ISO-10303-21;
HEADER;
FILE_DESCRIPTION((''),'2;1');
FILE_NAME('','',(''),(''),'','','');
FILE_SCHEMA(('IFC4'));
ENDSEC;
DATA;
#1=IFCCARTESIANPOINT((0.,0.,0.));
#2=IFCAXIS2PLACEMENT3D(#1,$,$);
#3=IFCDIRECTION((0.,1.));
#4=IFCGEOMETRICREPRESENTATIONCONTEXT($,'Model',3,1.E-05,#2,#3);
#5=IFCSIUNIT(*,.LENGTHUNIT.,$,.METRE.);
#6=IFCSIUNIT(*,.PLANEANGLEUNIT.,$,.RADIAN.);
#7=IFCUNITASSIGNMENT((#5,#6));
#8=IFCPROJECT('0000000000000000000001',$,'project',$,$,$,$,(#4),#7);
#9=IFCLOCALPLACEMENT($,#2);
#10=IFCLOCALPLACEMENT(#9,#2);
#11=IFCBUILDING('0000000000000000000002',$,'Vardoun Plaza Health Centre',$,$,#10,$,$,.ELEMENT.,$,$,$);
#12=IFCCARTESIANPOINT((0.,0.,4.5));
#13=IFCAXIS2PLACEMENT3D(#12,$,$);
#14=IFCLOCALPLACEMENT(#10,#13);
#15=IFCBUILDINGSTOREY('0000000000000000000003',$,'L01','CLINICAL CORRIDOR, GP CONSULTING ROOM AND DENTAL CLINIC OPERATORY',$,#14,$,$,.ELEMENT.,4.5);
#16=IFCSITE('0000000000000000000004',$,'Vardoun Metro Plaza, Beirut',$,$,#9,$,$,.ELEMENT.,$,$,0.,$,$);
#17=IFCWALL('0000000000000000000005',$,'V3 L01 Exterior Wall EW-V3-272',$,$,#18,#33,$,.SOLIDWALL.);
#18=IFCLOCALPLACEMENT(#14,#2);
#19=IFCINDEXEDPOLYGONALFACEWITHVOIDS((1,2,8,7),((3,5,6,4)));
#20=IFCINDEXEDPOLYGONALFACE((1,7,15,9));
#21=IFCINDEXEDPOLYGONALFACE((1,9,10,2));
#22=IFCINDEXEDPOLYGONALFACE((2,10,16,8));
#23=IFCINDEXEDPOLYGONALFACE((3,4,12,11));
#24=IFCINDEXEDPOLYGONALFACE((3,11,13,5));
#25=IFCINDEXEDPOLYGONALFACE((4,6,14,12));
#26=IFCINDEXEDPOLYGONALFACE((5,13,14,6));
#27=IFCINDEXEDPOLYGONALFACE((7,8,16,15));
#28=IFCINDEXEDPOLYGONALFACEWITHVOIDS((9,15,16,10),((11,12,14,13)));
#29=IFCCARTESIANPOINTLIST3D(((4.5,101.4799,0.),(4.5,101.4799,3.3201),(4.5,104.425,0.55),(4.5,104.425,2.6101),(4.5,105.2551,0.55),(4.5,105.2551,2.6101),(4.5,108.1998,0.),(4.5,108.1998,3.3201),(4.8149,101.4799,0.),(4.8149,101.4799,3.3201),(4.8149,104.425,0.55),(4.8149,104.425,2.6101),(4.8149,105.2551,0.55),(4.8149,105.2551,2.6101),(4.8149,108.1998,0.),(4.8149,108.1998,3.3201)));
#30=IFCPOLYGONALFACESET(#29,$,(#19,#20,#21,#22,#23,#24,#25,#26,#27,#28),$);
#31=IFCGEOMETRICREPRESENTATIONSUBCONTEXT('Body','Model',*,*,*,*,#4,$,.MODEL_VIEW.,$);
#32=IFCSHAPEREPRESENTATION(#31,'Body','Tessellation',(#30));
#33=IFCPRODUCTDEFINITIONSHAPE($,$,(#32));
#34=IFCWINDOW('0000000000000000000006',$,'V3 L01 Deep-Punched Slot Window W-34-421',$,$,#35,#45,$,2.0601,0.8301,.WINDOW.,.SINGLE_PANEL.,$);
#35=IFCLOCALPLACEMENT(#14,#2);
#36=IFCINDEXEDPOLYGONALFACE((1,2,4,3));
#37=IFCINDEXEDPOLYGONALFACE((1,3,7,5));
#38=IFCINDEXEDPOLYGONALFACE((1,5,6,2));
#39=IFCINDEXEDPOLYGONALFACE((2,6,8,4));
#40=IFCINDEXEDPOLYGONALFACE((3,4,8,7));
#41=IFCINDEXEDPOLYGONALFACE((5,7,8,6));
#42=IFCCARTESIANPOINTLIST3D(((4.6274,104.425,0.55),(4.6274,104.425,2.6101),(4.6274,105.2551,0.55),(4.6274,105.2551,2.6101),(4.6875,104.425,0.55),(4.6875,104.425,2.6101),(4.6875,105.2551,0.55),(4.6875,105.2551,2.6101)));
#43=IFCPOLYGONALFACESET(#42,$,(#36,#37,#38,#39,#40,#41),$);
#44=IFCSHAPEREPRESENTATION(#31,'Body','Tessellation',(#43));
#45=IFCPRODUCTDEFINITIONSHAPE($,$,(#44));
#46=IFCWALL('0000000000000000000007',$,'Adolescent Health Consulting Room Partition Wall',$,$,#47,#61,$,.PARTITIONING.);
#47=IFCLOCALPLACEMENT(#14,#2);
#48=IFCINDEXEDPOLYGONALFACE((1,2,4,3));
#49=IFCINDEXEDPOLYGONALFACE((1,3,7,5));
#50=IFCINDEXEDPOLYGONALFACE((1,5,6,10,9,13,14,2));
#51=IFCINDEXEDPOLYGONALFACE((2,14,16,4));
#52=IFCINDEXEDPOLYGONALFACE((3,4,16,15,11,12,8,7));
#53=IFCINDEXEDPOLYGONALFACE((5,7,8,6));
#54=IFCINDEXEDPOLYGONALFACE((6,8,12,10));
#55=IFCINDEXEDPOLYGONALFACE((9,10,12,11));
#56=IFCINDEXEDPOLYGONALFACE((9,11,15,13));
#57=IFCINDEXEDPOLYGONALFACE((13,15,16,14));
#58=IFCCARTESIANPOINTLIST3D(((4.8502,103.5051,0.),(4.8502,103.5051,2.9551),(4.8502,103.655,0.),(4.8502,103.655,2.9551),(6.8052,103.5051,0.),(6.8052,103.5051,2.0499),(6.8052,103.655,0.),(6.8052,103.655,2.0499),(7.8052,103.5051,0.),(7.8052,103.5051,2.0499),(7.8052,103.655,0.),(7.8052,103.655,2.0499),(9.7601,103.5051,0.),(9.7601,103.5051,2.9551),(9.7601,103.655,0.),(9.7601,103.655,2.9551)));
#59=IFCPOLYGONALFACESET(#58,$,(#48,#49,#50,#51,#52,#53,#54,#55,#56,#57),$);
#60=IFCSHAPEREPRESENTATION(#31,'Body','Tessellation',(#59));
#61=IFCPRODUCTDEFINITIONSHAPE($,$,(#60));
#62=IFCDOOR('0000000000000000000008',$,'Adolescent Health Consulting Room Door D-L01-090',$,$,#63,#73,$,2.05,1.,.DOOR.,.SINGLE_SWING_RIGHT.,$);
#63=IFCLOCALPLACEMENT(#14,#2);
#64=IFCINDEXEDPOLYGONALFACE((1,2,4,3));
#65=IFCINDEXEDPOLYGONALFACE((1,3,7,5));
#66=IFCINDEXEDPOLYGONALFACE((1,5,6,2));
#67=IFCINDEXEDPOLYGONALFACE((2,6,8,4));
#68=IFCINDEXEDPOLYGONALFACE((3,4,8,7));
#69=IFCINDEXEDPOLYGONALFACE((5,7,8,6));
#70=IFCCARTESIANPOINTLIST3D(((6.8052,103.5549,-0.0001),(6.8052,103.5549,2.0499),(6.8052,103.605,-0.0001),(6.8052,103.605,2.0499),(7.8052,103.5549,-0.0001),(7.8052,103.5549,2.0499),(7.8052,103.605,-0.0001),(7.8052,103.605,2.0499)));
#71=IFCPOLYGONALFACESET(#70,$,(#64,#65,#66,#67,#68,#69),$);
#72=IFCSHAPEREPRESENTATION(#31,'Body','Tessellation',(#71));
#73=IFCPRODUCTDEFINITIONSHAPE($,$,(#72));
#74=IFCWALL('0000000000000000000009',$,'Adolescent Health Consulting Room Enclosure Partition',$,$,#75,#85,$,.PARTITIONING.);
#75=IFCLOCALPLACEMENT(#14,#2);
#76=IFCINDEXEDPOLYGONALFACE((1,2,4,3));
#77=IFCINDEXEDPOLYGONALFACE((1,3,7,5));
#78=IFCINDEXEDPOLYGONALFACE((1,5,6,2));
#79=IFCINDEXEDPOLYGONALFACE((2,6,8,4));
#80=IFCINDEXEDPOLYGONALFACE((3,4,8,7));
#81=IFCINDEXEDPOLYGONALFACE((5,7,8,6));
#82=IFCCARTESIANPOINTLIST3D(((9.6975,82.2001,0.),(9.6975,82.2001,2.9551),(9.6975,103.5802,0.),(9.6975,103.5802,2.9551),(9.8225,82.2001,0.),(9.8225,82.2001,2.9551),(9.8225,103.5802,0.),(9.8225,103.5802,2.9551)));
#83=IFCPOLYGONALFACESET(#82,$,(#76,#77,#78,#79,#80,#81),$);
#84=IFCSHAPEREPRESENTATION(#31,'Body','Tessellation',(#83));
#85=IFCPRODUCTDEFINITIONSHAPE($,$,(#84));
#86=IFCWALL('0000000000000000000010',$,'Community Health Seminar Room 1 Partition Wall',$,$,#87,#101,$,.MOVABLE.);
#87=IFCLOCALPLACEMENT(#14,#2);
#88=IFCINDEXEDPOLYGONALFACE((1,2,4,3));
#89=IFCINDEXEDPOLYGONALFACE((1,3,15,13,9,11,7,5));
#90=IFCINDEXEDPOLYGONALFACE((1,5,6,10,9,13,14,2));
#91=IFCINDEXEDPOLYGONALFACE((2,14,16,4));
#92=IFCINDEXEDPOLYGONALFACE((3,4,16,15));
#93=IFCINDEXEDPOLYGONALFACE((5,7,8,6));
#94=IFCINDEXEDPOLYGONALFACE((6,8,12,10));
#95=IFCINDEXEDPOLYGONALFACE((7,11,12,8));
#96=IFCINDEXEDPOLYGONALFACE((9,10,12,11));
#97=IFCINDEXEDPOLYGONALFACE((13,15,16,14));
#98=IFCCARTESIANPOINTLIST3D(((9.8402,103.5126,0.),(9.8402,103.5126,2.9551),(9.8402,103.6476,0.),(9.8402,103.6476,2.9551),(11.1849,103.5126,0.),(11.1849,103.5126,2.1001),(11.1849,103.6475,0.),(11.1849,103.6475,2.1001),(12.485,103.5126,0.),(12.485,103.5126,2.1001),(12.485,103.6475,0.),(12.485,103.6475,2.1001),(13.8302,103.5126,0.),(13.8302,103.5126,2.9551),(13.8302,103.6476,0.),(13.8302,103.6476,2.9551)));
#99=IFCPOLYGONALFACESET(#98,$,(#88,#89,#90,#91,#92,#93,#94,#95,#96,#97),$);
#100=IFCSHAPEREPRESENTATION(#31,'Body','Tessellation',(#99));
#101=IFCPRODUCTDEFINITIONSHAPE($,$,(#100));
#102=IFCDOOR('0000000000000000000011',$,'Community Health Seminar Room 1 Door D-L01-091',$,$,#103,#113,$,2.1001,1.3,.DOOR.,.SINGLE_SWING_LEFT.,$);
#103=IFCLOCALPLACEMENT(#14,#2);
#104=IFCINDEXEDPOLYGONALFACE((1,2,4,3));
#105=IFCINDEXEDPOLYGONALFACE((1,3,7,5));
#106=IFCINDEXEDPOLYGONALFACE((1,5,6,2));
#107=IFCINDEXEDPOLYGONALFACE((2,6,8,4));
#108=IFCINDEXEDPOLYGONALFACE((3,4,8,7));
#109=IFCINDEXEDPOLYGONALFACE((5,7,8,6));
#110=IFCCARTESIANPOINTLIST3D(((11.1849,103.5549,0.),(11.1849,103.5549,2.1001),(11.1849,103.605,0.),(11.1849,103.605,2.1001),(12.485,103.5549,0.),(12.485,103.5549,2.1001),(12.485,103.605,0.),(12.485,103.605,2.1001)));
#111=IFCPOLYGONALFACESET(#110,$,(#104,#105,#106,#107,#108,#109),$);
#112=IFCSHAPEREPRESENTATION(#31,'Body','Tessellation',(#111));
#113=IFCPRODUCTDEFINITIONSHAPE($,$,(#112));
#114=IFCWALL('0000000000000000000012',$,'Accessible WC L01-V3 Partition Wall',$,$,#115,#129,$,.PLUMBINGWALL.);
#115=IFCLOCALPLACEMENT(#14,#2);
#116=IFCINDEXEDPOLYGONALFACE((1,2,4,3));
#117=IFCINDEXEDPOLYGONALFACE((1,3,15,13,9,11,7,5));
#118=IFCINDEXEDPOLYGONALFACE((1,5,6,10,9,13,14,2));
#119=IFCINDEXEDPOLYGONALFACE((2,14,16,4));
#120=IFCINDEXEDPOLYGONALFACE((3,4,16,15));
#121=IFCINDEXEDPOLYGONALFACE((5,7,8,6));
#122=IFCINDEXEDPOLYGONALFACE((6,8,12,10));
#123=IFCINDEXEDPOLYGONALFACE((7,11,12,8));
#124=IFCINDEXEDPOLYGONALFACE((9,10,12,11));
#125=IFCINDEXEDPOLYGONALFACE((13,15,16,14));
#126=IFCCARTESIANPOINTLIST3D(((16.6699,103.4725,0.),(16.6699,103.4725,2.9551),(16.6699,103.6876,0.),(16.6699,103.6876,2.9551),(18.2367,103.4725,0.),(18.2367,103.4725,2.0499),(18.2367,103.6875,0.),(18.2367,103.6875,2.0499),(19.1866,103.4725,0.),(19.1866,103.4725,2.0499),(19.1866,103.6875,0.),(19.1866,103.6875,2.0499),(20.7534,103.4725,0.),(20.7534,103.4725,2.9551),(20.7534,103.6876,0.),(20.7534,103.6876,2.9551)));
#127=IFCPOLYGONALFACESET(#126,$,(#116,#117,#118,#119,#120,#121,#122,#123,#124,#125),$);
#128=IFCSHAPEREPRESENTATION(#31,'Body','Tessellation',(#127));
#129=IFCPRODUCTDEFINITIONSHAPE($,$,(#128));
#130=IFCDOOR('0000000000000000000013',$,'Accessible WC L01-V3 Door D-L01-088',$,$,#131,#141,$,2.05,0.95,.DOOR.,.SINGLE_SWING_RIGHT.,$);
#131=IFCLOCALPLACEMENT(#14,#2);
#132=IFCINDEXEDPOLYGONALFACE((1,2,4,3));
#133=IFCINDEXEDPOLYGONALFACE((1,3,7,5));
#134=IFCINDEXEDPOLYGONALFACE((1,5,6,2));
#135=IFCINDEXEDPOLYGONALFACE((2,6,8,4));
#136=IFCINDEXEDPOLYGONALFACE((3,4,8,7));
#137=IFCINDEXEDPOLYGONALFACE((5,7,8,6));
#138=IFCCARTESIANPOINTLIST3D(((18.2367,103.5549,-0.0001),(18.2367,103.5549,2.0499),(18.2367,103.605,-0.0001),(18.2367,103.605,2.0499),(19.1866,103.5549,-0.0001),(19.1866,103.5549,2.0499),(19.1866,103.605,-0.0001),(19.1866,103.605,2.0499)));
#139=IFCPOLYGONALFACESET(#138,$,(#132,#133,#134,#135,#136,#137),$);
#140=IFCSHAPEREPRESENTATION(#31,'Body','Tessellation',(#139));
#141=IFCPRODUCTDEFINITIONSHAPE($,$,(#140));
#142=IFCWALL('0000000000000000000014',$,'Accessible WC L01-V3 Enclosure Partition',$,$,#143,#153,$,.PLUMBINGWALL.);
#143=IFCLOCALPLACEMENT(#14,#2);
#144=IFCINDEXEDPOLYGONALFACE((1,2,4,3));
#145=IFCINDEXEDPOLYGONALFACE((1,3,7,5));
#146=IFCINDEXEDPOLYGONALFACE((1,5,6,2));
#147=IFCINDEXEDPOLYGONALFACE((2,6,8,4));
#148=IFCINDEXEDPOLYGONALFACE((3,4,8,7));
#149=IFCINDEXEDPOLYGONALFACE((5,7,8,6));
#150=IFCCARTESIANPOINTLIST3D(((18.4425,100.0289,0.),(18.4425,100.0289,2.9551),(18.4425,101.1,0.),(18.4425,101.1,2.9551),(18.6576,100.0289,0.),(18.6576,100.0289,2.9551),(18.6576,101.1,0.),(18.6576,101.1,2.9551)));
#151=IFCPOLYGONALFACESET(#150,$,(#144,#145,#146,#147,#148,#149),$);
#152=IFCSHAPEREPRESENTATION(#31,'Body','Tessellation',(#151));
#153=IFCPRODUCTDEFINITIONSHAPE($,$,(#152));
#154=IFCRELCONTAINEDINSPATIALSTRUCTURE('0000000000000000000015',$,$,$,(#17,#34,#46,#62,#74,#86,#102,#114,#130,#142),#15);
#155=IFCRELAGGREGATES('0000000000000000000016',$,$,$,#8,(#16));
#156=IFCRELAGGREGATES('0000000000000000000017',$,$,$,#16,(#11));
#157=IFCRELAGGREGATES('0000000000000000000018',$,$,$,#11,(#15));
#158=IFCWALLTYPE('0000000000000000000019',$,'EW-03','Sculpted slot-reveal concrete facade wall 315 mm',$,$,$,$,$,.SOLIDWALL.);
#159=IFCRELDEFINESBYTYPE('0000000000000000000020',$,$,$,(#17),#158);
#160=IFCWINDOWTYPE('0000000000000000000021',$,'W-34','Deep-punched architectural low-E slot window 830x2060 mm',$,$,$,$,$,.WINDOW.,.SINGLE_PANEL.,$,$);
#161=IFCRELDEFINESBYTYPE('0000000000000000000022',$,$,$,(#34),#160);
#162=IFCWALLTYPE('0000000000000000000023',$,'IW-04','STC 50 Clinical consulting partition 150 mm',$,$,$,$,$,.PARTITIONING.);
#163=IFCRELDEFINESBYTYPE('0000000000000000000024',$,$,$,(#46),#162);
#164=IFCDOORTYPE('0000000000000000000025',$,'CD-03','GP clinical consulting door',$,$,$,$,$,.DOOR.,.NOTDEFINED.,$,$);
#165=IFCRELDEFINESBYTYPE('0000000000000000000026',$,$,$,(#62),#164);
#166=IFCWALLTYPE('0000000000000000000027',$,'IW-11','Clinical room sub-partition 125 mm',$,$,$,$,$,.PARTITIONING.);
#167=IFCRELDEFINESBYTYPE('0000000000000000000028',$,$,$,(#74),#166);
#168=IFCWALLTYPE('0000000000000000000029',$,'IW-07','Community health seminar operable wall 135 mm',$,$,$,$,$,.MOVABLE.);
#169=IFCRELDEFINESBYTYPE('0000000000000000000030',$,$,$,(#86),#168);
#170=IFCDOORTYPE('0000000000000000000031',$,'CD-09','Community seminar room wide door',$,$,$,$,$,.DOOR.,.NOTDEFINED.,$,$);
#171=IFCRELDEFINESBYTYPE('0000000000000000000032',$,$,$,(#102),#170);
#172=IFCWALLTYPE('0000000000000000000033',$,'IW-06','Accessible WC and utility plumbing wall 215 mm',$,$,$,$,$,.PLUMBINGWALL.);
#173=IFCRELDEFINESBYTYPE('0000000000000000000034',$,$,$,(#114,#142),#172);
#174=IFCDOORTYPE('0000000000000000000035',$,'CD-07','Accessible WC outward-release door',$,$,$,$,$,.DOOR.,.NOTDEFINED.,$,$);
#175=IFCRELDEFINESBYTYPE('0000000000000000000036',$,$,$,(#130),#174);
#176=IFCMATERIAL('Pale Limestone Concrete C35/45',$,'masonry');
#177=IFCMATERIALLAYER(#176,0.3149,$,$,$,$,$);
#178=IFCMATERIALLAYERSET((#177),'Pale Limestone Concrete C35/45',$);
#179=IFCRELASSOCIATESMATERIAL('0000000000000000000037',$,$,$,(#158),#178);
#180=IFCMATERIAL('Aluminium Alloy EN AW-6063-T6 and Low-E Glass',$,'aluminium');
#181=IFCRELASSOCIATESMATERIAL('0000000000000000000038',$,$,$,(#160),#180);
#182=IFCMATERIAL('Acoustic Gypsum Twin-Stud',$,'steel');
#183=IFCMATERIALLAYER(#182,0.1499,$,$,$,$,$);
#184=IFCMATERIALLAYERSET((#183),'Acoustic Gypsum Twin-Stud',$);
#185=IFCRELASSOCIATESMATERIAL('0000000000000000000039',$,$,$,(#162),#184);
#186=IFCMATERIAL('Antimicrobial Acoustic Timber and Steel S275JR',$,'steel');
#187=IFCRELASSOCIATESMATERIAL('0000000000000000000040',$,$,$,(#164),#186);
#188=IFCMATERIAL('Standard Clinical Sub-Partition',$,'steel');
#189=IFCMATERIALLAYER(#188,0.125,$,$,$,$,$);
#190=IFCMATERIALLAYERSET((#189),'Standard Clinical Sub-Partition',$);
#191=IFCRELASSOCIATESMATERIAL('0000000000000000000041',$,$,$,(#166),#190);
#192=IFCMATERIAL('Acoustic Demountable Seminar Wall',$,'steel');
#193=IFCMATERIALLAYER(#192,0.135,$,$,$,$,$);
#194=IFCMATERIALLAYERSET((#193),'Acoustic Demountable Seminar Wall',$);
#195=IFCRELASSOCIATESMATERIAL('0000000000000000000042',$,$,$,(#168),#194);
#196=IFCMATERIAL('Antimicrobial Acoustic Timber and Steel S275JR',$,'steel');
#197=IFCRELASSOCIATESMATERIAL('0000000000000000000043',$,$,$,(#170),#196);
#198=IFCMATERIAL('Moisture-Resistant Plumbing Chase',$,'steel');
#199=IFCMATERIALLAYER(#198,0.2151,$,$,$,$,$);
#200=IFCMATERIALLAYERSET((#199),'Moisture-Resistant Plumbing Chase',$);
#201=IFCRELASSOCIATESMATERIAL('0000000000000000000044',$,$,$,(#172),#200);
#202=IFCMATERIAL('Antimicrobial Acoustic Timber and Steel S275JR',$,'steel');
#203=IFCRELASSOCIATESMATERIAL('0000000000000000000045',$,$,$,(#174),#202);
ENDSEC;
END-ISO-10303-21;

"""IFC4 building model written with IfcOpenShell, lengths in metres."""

from ifc_helpers import new_model, si_unit, direction, frame, frame_2d, origin, place, context, subcontext, project, spatial, rectangle, extrude, material, layer, layer_set, type_object, element, fill, save


model = new_model("IFC4")

# Units and contexts
model_context = context("Model", 3, precision=1e-05, world=origin(), true_north=direction((0.0, 1.0)))
body_context = subcontext(model_context, "Body", "Model", "MODEL_VIEW")
ifc_project = project(units=[si_unit("LENGTHUNIT", "METRE"), si_unit("PLANEANGLEUNIT", "RADIAN")], contexts=[model_context])

# Site, building, storey
site_placement = place(None, origin())
site = spatial("IfcSite", under=ifc_project, at=site_placement, Name="Vardoun Metro Plaza, Beirut", CompositionType="ELEMENT", RefElevation=0.0)
building_placement = place(site_placement, origin())
building = spatial("IfcBuilding", under=site, at=building_placement, Name="Vardoun Plaza Health Centre", CompositionType="ELEMENT")
storey_placement = place(building_placement, frame((0.0, 0.0, 4.5)))
storey = spatial("IfcBuildingStorey", under=building, at=storey_placement, Name="L01", Description="CLINICAL CORRIDOR, GP CONSULTING ROOM AND DENTAL CLINIC OPERATORY", CompositionType="ELEMENT", Elevation=4.5)

# Wall, opening, window
ifc_material_1 = material(Name="Pale Limestone Concrete C35/45", Category="masonry")
ifc_layer_1 = layer(ifc_material_1, 0.3149)
ifc_layer_set_1 = layer_set([ifc_layer_1], Name="Pale Limestone Concrete C35/45")
wall_type_1 = type_object("IfcWallType", Name="EW-03", Description="Sculpted slot-reveal concrete facade wall 315 mm", PredefinedType="SOLIDWALL", material=ifc_layer_set_1)
wall_1_placement = place(storey_placement, frame((4.6575, 101.48, 0.0), z_axis=(0.0, 0.0, 1.0), x_axis=(0.0, 1.0, 0.0)))
wall_1 = element("IfcWall", 1, at=wall_1_placement, inside=storey, type_object=wall_type_1, Name="V3 L01 Exterior Wall EW-V3-272", PredefinedType="SOLIDWALL", context=body_context, shape_type="SweptSolid", body=[
    extrude(rectangle(XDim=6.72, YDim=0.3149, at=frame_2d((3.3599, 0.0))), origin(), (0.0, 0.0, 1.0), 3.3201),
])
opening_1_placement = place(wall_1_placement, frame((2.9451, 0.0, 0.55)))
opening_1 = element("IfcOpeningElement", 2, at=opening_1_placement, cuts=wall_1, PredefinedType="OPENING", context=body_context, shape_type="SweptSolid", body=[
    extrude(rectangle(XDim=0.8301, YDim=2.0601, at=frame_2d((0.415, 1.03))), frame((0.0, 0.1575, 0.0), z_axis=(0.0, -1.0, 0.0), x_axis=(1.0, 0.0, 0.0)), (0.0, 0.0, 1.0), 0.3149),
])
ifc_material_2 = material(Name="Aluminium Alloy EN AW-6063-T6 and Low-E Glass", Category="aluminium")
window_type = type_object("IfcWindowType", Name="W-34", Description="Deep-punched architectural low-E slot window 830x2060 mm", PartitioningType="SINGLE_PANEL", PredefinedType="WINDOW", material=ifc_material_2)
window_placement = place(opening_1_placement, origin())
window = element("IfcWindow", 3, at=window_placement, inside=storey, type_object=window_type, Name="V3 L01 Deep-Punched Slot Window W-34-421", OverallHeight=2.0601, OverallWidth=0.8301, PartitioningType="SINGLE_PANEL", PredefinedType="WINDOW", context=body_context, shape_type="SweptSolid", body=[
    extrude(rectangle(XDim=0.8301, YDim=2.0601, at=frame_2d((0.415, 1.03))), frame((0.0, 0.03, 0.0), z_axis=(0.0, -1.0, 0.0), x_axis=(1.0, 0.0, 0.0)), (0.0, 0.0, 1.0), 0.0601),
])
fill(opening_1, window)

# Wall, opening, door
ifc_material_3 = material(Name="Acoustic Gypsum Twin-Stud", Category="steel")
ifc_layer_2 = layer(ifc_material_3, 0.1499)
ifc_layer_set_2 = layer_set([ifc_layer_2], Name="Acoustic Gypsum Twin-Stud")
wall_type_2 = type_object("IfcWallType", Name="IW-04", Description="STC 50 Clinical consulting partition 150 mm", PredefinedType="PARTITIONING", material=ifc_layer_set_2)
wall_2_placement = place(storey_placement, frame((4.8501, 103.5801, 0.0), z_axis=(0.0, 0.0, 1.0), x_axis=(1.0, 0.0, 0.0)))
wall_2 = element("IfcWall", 4, at=wall_2_placement, inside=storey, type_object=wall_type_2, Name="Adolescent Health Consulting Room Partition Wall", PredefinedType="PARTITIONING", context=body_context, shape_type="SweptSolid", body=[
    extrude(rectangle(XDim=4.9099, YDim=0.1499, at=frame_2d((2.4551, 0.0))), origin(), (0.0, 0.0, 1.0), 2.9551),
])
opening_2_placement = place(wall_2_placement, frame((1.9551, 0.0, 0.0)))
opening_2 = element("IfcOpeningElement", 5, at=opening_2_placement, cuts=wall_2, PredefinedType="OPENING", context=body_context, shape_type="SweptSolid", body=[
    extrude(rectangle(XDim=1.0, YDim=2.05, at=frame_2d((0.5, 1.0249))), frame((0.0, 0.075, 0.0), z_axis=(0.0, -1.0, 0.0), x_axis=(1.0, 0.0, 0.0)), (0.0, 0.0, 1.0), 0.1499),
])
ifc_material_4 = material(Name="Antimicrobial Acoustic Timber and Steel S275JR", Category="steel")
door_type_1 = type_object("IfcDoorType", Name="CD-03", Description="GP clinical consulting door", OperationType="NOTDEFINED", PredefinedType="DOOR", material=ifc_material_4)
door_1_placement = place(opening_2_placement, origin())
door_1 = element("IfcDoor", 6, at=door_1_placement, inside=storey, type_object=door_type_1, Name="Adolescent Health Consulting Room Door D-L01-090", OperationType="SINGLE_SWING_RIGHT", OverallHeight=2.05, OverallWidth=1.0, PredefinedType="DOOR", context=body_context, shape_type="SweptSolid", body=[
    extrude(rectangle(XDim=1.0, YDim=2.05, at=frame_2d((0.5, 1.0249))), frame((0.0, 0.0249, 0.0), z_axis=(0.0, -1.0, 0.0), x_axis=(1.0, 0.0, 0.0)), (0.0, 0.0, 1.0), 0.05),
])
fill(opening_2, door_1)

# Wall
ifc_material_5 = material(Name="Standard Clinical Sub-Partition", Category="steel")
ifc_layer_3 = layer(ifc_material_5, 0.125)
ifc_layer_set_3 = layer_set([ifc_layer_3], Name="Standard Clinical Sub-Partition")
wall_type_3 = type_object("IfcWallType", Name="IW-11", Description="Clinical room sub-partition 125 mm", PredefinedType="PARTITIONING", material=ifc_layer_set_3)
wall_3_placement = place(storey_placement, frame((9.76, 103.5801, 0.0), z_axis=(0.0, 0.0, 1.0), x_axis=(0.0, -1.0, 0.0)))
element("IfcWall", 7, at=wall_3_placement, inside=storey, type_object=wall_type_3, Name="Adolescent Health Consulting Room Enclosure Partition", PredefinedType="PARTITIONING", context=body_context, shape_type="SweptSolid", body=[
    extrude(rectangle(XDim=21.3801, YDim=0.125, at=frame_2d((10.6899, 0.0))), origin(), (0.0, 0.0, 1.0), 2.9551),
])

# Walls, openings, doors
ifc_material_6 = material(Name="Acoustic Demountable Seminar Wall", Category="steel")
ifc_layer_4 = layer(ifc_material_6, 0.135)
ifc_layer_set_4 = layer_set([ifc_layer_4], Name="Acoustic Demountable Seminar Wall")
wall_type_4 = type_object("IfcWallType", Name="IW-07", Description="Community health seminar operable wall 135 mm", PredefinedType="MOVABLE", material=ifc_layer_set_4)
wall_4_placement = place(storey_placement, frame((9.8401, 103.5801, 0.0), z_axis=(0.0, 0.0, 1.0), x_axis=(1.0, 0.0, 0.0)))
wall_4 = element("IfcWall", 8, at=wall_4_placement, inside=storey, type_object=wall_type_4, Name="Community Health Seminar Room 1 Partition Wall", PredefinedType="MOVABLE", context=body_context, shape_type="SweptSolid", body=[
    extrude(rectangle(XDim=3.99, YDim=0.135, at=frame_2d((1.9951, 0.0))), origin(), (0.0, 0.0, 1.0), 2.9551),
])
opening_3_placement = place(wall_4_placement, frame((1.345, 0.0, 0.0)))
opening_3 = element("IfcOpeningElement", 9, at=opening_3_placement, cuts=wall_4, PredefinedType="OPENING", context=body_context, shape_type="SweptSolid", body=[
    extrude(rectangle(XDim=1.3, YDim=2.1001, at=frame_2d((0.6499, 1.05))), frame((0.0, 0.0674, 0.0), z_axis=(0.0, -1.0, 0.0), x_axis=(1.0, 0.0, 0.0)), (0.0, 0.0, 1.0), 0.135),
])
ifc_material_7 = material(Name="Antimicrobial Acoustic Timber and Steel S275JR", Category="steel")
door_type_2 = type_object("IfcDoorType", Name="CD-09", Description="Community seminar room wide door", OperationType="NOTDEFINED", PredefinedType="DOOR", material=ifc_material_7)
door_2_placement = place(opening_3_placement, origin())
door_2 = element("IfcDoor", 10, at=door_2_placement, inside=storey, type_object=door_type_2, Name="Community Health Seminar Room 1 Door D-L01-091", OperationType="SINGLE_SWING_LEFT", OverallHeight=2.1001, OverallWidth=1.3, PredefinedType="DOOR", context=body_context, shape_type="SweptSolid", body=[
    extrude(rectangle(XDim=1.3, YDim=2.1001, at=frame_2d((0.6499, 1.05))), frame((0.0, 0.0249, 0.0), z_axis=(0.0, -1.0, 0.0), x_axis=(1.0, 0.0, 0.0)), (0.0, 0.0, 1.0), 0.05),
])
fill(opening_3, door_2)
ifc_material_8 = material(Name="Moisture-Resistant Plumbing Chase", Category="steel")
ifc_layer_5 = layer(ifc_material_8, 0.2151)
ifc_layer_set_5 = layer_set([ifc_layer_5], Name="Moisture-Resistant Plumbing Chase")
wall_type_5 = type_object("IfcWallType", Name="IW-06", Description="Accessible WC and utility plumbing wall 215 mm", PredefinedType="PLUMBINGWALL", material=ifc_layer_set_5)
wall_5_placement = place(storey_placement, frame((16.6699, 103.5801, 0.0), z_axis=(0.0, 0.0, 1.0), x_axis=(1.0, 0.0, 0.0)))
wall_5 = element("IfcWall", 11, at=wall_5_placement, inside=storey, type_object=wall_type_5, Name="Accessible WC L01-V3 Partition Wall", PredefinedType="PLUMBINGWALL", context=body_context, shape_type="SweptSolid", body=[
    extrude(rectangle(XDim=4.0835, YDim=0.2151, at=frame_2d((2.0417, 0.0))), origin(), (0.0, 0.0, 1.0), 2.9551),
])
opening_4_placement = place(wall_5_placement, frame((1.5667, 0.0, 0.0)))
opening_4 = element("IfcOpeningElement", 12, at=opening_4_placement, cuts=wall_5, PredefinedType="OPENING", context=body_context, shape_type="SweptSolid", body=[
    extrude(rectangle(XDim=0.95, YDim=2.05, at=frame_2d((0.4751, 1.0249))), frame((0.0, 0.1074, 0.0), z_axis=(0.0, -1.0, 0.0), x_axis=(1.0, 0.0, 0.0)), (0.0, 0.0, 1.0), 0.2151),
])
ifc_material_9 = material(Name="Antimicrobial Acoustic Timber and Steel S275JR", Category="steel")
door_type_3 = type_object("IfcDoorType", Name="CD-07", Description="Accessible WC outward-release door", OperationType="NOTDEFINED", PredefinedType="DOOR", material=ifc_material_9)
door_3_placement = place(opening_4_placement, origin())
door_3 = element("IfcDoor", 13, at=door_3_placement, inside=storey, type_object=door_type_3, Name="Accessible WC L01-V3 Door D-L01-088", OperationType="SINGLE_SWING_RIGHT", OverallHeight=2.05, OverallWidth=0.95, PredefinedType="DOOR", context=body_context, shape_type="SweptSolid", body=[
    extrude(rectangle(XDim=0.95, YDim=2.05, at=frame_2d((0.4751, 1.0249))), frame((0.0, 0.0249, 0.0), z_axis=(0.0, -1.0, 0.0), x_axis=(1.0, 0.0, 0.0)), (0.0, 0.0, 1.0), 0.05),
])
fill(opening_4, door_3)

# Wall
wall_6_placement = place(storey_placement, frame((18.55, 101.1001, 0.0), z_axis=(0.0, 0.0, 1.0), x_axis=(0.0, -1.0, 0.0)))
element("IfcWall", 14, at=wall_6_placement, inside=storey, type_object=wall_type_5, Name="Accessible WC L01-V3 Enclosure Partition", PredefinedType="PLUMBINGWALL", context=body_context, shape_type="SweptSolid", body=[
    extrude(rectangle(XDim=1.071, YDim=0.2151, at=frame_2d((0.5356, 0.0))), origin(), (0.0, 0.0, 1.0), 2.9551),
])

save(model, "model.ifc")
